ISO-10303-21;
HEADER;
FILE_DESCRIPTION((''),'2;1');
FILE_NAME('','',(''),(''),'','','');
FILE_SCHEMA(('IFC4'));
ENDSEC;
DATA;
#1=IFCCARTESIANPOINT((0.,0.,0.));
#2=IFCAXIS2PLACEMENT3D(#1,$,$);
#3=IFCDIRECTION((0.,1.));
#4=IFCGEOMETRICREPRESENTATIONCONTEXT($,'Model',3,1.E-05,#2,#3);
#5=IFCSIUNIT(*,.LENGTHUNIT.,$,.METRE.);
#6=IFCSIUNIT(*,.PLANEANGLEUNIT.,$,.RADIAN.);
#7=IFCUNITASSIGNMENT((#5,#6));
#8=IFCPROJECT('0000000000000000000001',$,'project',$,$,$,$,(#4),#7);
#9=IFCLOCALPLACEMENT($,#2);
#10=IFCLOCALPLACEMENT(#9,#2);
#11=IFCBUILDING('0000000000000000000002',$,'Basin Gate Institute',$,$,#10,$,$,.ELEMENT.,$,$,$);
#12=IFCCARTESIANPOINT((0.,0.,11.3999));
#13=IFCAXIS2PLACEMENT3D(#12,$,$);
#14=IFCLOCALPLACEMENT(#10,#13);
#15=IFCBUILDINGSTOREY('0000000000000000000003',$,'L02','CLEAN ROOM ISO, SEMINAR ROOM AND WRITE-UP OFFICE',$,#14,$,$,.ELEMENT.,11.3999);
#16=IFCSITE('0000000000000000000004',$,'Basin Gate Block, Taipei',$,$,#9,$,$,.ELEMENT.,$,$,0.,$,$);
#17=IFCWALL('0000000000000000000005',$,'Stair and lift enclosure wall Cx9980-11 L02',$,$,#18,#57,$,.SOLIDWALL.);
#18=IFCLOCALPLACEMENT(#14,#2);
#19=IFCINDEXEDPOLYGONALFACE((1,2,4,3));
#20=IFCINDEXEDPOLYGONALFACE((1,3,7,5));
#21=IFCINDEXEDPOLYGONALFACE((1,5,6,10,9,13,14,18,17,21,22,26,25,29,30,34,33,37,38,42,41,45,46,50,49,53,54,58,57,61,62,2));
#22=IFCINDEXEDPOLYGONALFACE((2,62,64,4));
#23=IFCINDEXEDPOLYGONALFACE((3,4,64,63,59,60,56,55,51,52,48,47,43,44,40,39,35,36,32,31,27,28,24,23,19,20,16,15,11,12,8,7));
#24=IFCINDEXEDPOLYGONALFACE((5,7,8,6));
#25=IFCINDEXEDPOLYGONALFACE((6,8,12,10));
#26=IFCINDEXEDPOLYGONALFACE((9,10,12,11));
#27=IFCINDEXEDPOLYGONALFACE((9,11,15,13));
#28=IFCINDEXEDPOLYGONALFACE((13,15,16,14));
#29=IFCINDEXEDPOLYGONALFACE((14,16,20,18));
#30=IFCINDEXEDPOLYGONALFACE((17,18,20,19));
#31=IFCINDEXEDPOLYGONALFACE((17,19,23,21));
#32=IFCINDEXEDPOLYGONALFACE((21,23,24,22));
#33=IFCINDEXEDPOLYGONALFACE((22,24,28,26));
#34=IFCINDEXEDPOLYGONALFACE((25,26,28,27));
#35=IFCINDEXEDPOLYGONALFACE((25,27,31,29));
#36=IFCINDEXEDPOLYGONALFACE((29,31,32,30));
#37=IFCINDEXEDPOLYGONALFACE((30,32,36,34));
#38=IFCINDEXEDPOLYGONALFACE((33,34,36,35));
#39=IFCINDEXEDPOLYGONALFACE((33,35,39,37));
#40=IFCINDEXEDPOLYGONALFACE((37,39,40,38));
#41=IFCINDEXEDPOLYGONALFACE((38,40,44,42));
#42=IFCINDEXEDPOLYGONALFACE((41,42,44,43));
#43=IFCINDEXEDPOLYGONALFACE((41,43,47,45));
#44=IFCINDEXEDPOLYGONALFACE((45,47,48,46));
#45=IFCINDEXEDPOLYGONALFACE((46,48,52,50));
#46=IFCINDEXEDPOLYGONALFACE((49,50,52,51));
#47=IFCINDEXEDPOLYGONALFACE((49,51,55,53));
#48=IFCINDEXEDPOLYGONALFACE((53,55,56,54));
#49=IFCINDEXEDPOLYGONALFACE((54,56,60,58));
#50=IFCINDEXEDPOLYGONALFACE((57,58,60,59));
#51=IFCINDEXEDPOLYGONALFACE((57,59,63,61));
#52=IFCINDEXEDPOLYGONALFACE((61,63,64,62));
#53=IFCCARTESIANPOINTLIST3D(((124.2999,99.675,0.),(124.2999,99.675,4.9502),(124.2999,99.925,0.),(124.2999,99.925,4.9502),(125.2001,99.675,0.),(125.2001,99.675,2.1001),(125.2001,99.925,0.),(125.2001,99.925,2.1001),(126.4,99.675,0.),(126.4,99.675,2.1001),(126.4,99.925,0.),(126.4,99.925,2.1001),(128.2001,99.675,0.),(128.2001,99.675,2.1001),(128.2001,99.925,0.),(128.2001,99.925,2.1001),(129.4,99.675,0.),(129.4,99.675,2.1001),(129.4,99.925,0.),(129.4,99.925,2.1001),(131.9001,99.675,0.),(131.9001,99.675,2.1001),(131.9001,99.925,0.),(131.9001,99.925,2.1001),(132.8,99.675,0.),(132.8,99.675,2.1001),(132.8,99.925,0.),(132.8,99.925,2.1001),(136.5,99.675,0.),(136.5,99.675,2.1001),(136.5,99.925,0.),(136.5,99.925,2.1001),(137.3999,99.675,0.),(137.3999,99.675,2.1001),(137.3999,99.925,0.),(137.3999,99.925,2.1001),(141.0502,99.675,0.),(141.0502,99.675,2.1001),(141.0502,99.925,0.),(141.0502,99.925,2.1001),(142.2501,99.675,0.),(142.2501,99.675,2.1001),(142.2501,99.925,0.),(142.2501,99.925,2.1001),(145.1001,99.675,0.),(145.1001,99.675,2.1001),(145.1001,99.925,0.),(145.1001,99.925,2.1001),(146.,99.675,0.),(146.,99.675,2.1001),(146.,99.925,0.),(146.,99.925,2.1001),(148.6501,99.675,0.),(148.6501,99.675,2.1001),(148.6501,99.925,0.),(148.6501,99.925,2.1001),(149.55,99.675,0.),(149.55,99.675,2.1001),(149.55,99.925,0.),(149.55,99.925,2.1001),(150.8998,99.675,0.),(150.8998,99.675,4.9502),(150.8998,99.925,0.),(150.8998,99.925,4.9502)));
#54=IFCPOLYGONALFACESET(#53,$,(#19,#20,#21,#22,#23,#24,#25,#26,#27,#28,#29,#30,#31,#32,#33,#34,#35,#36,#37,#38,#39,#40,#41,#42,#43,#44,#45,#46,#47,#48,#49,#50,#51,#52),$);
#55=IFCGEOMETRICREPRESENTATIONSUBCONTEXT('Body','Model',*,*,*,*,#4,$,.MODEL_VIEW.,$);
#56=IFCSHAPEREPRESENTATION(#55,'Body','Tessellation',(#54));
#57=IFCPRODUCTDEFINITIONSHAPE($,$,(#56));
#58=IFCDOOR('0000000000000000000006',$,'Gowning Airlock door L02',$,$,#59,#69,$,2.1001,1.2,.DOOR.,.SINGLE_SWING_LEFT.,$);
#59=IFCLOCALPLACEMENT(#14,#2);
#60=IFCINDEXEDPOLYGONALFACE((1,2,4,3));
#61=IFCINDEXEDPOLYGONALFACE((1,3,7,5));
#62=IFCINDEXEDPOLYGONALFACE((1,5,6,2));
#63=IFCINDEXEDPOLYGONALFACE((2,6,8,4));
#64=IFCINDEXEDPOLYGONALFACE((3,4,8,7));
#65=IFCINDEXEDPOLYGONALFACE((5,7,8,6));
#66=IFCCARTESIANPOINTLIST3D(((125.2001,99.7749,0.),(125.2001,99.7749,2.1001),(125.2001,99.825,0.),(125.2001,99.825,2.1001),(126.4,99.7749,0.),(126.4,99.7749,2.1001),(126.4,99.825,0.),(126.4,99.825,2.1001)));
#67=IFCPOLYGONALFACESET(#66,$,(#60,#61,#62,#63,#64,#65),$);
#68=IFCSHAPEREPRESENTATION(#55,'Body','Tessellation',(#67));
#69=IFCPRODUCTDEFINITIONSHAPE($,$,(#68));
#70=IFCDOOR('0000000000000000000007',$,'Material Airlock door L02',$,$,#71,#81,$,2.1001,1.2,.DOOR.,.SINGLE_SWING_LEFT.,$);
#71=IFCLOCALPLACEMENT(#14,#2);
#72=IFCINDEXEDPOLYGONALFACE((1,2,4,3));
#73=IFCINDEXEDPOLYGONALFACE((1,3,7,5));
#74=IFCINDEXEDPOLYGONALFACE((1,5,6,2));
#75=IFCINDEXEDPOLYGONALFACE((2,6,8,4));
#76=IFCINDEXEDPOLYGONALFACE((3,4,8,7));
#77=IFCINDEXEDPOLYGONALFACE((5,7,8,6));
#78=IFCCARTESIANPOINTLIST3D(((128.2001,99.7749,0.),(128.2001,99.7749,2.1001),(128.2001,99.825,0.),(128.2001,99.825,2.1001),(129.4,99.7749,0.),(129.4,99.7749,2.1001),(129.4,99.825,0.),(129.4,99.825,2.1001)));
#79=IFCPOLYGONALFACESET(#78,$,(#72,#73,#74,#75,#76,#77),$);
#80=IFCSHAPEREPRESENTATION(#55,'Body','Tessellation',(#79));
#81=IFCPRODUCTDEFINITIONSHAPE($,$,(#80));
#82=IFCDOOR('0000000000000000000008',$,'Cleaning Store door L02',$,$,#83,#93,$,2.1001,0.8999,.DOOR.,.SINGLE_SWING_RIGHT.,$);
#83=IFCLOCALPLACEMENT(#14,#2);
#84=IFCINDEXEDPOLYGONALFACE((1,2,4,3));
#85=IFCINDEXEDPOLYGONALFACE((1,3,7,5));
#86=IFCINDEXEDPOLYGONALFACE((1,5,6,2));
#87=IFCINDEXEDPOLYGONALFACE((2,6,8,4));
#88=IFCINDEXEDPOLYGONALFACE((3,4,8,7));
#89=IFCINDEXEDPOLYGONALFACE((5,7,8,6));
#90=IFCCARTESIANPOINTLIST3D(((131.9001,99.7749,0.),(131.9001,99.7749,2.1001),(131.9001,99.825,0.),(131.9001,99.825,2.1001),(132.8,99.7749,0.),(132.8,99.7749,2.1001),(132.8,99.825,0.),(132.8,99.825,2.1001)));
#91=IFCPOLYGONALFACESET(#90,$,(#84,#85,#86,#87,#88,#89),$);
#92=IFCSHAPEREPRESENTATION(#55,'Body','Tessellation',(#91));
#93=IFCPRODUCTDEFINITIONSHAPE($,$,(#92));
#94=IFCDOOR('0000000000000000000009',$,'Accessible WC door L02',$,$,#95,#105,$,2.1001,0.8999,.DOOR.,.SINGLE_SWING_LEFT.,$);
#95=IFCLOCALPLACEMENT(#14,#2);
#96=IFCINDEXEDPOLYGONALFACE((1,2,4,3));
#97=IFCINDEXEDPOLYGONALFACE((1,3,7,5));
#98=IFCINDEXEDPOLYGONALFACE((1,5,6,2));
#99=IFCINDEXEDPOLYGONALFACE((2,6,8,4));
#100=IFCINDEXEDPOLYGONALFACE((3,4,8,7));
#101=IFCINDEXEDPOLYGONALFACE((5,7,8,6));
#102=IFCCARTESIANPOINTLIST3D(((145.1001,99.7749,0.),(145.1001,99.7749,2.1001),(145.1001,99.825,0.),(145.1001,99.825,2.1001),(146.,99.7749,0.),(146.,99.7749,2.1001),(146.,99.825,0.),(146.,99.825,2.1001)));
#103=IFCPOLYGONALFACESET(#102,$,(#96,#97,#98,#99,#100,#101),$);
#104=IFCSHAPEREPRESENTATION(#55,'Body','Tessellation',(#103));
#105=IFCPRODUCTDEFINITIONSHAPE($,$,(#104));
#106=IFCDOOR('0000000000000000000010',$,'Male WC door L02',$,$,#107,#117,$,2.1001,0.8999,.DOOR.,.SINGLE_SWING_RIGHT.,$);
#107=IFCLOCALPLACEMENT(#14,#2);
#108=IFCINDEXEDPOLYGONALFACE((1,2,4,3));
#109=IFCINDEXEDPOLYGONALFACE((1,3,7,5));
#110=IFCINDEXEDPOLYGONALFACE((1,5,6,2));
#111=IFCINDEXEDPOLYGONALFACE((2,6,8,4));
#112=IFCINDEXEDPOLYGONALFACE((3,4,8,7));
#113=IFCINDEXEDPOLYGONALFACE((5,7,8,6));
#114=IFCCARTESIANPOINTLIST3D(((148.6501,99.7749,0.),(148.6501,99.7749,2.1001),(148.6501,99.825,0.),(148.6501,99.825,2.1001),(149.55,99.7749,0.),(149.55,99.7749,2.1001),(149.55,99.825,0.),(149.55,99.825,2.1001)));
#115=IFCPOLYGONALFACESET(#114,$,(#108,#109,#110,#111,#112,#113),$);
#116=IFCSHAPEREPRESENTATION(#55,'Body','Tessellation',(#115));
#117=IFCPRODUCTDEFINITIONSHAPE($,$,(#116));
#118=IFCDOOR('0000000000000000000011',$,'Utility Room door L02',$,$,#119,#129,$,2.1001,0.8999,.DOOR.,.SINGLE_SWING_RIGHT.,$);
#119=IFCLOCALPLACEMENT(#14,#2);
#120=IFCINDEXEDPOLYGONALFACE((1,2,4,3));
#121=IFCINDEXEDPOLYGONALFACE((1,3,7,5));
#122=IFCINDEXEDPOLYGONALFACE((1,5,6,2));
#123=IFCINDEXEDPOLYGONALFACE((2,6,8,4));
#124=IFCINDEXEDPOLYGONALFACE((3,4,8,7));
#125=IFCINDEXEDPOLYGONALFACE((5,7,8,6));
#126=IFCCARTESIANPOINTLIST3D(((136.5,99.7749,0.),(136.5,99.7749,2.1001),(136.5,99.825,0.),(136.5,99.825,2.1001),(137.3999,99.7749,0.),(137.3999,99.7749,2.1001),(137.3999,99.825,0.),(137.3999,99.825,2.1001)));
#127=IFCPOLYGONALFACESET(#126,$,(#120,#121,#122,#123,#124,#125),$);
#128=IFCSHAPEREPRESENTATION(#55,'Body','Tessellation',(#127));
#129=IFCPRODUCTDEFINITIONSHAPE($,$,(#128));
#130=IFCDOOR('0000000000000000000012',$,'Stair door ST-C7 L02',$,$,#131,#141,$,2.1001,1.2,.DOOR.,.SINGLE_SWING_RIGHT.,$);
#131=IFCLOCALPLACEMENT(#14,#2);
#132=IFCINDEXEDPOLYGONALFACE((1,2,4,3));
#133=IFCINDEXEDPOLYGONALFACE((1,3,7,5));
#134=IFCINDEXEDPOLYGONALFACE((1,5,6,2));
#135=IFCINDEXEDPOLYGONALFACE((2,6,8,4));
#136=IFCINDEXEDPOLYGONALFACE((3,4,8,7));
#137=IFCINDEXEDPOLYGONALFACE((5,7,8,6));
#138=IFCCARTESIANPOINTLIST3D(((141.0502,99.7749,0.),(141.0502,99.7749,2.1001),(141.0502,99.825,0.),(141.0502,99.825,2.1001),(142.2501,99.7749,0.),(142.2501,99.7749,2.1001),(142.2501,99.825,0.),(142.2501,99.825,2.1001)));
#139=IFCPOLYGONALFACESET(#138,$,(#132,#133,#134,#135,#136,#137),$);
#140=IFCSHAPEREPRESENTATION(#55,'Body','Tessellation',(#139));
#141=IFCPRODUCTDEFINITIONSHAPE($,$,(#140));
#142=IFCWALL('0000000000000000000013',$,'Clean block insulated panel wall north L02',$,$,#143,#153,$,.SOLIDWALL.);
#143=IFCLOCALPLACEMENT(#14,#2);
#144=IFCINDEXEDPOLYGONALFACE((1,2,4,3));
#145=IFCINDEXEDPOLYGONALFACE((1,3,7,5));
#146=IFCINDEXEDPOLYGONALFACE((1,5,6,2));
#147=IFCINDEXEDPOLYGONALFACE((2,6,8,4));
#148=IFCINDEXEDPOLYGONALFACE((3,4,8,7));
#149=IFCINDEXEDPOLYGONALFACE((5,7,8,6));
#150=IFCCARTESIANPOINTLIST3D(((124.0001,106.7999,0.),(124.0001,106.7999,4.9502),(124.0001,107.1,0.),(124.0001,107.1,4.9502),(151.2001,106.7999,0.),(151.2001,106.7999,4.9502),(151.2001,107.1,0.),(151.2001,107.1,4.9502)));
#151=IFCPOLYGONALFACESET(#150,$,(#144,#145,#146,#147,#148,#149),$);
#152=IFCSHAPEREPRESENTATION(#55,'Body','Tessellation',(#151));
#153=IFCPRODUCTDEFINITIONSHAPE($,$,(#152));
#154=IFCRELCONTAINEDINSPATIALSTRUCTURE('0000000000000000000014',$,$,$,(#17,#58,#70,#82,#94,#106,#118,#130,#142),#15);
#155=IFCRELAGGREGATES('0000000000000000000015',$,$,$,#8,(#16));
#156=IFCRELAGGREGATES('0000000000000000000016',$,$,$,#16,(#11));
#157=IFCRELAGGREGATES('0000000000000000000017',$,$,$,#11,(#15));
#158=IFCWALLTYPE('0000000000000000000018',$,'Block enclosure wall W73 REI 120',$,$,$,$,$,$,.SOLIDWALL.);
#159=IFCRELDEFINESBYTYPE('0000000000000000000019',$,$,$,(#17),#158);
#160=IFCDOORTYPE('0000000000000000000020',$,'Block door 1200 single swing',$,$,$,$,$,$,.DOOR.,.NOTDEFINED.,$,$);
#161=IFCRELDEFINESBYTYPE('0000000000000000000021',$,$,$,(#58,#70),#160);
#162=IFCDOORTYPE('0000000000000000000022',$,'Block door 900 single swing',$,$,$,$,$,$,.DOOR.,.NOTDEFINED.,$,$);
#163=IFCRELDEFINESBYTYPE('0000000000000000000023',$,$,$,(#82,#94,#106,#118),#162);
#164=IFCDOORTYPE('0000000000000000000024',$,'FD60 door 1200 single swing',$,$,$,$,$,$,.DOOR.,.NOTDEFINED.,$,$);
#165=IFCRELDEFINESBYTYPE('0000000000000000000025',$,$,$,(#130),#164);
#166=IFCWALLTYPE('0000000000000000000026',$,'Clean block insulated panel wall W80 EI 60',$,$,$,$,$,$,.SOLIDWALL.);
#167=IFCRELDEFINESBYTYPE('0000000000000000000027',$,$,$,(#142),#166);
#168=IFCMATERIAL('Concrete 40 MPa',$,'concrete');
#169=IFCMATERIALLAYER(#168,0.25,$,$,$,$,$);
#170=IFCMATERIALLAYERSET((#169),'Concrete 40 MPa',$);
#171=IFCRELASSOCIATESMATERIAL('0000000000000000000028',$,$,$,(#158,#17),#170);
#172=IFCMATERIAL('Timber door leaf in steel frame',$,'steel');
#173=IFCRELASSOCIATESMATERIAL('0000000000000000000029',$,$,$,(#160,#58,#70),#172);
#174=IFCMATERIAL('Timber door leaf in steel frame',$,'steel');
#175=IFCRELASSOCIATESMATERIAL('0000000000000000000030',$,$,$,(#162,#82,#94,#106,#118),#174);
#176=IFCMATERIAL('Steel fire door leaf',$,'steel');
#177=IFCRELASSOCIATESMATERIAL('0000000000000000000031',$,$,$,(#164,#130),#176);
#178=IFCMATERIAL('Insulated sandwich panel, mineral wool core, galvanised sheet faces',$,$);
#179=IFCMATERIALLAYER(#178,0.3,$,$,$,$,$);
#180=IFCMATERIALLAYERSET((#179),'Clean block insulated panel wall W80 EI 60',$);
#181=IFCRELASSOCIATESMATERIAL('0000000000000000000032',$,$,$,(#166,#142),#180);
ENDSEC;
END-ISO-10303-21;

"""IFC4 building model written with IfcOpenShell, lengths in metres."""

from ifc_helpers import new_model, si_unit, direction, frame, frame_2d, origin, place, context, subcontext, project, spatial, rectangle, extrude, material, layer, layer_set, type_object, element, fill, save


model = new_model("IFC4")

# Units and contexts
model_context = context("Model", 3, precision=1e-05, world=origin(), true_north=direction((0.0, 1.0)))
body_context = subcontext(model_context, "Body", "Model", "MODEL_VIEW")
ifc_project = project(units=[si_unit("LENGTHUNIT", "METRE"), si_unit("PLANEANGLEUNIT", "RADIAN")], contexts=[model_context])

# Site, building, storey
site_placement = place(None, origin())
site = spatial("IfcSite", under=ifc_project, at=site_placement, Name="Basin Gate Block, Taipei", CompositionType="ELEMENT", RefElevation=0.0)
building_placement = place(site_placement, origin())
building = spatial("IfcBuilding", under=site, at=building_placement, Name="Basin Gate Institute", CompositionType="ELEMENT")
storey_placement = place(building_placement, frame((0.0, 0.0, 11.3999)))
storey = spatial("IfcBuildingStorey", under=building, at=storey_placement, Name="L02", Description="CLEAN ROOM ISO, SEMINAR ROOM AND WRITE-UP OFFICE", CompositionType="ELEMENT", Elevation=11.3999)

# Wall, openings, doors
ifc_material_1 = material(Name="Concrete 40 MPa", Category="concrete")
ifc_layer_1 = layer(ifc_material_1, 0.25)
ifc_layer_set_1 = layer_set([ifc_layer_1], Name="Concrete 40 MPa")
wall_type_1 = type_object("IfcWallType", Name="Block enclosure wall W73 REI 120", PredefinedType="SOLIDWALL", material=ifc_layer_set_1)
wall_1_placement = place(storey_placement, frame((124.3, 99.8, 0.0), z_axis=(0.0, 0.0, 1.0), x_axis=(1.0, 0.0, 0.0)))
wall_1 = element("IfcWall", 1, at=wall_1_placement, inside=storey, type_object=wall_type_1, material=ifc_layer_set_1, Name="Stair and lift enclosure wall Cx9980-11 L02", PredefinedType="SOLIDWALL", context=body_context, shape_type="SweptSolid", body=[
    extrude(rectangle(XDim=26.5999, YDim=0.25, at=frame_2d((13.2998, 0.0))), origin(), (0.0, 0.0, 1.0), 4.9502),
])
opening_1_placement = place(wall_1_placement, frame((0.8999, 0.0, 0.0)))
opening_1 = element("IfcOpeningElement", 2, at=opening_1_placement, cuts=wall_1, PredefinedType="OPENING", context=body_context, shape_type="SweptSolid", body=[
    extrude(rectangle(XDim=1.2, YDim=2.1001, at=frame_2d((0.6001, 1.05))), frame((0.0, 0.135, 0.0), z_axis=(0.0, -1.0, 0.0), x_axis=(1.0, 0.0, 0.0)), (0.0, 0.0, 1.0), 0.27),
])
opening_2_placement = place(wall_1_placement, frame((3.8999, 0.0, 0.0)))
opening_2 = element("IfcOpeningElement", 3, at=opening_2_placement, cuts=wall_1, PredefinedType="OPENING", context=body_context, shape_type="SweptSolid", body=[
    extrude(rectangle(XDim=1.2, YDim=2.1001, at=frame_2d((0.6001, 1.05))), frame((0.0, 0.135, 0.0), z_axis=(0.0, -1.0, 0.0), x_axis=(1.0, 0.0, 0.0)), (0.0, 0.0, 1.0), 0.27),
])
opening_3_placement = place(wall_1_placement, frame((7.6001, 0.0, 0.0)))
opening_3 = element("IfcOpeningElement", 4, at=opening_3_placement, cuts=wall_1, PredefinedType="OPENING", context=body_context, shape_type="SweptSolid", body=[
    extrude(rectangle(XDim=0.8999, YDim=2.1001, at=frame_2d((0.45, 1.05))), frame((0.0, 0.135, 0.0), z_axis=(0.0, -1.0, 0.0), x_axis=(1.0, 0.0, 0.0)), (0.0, 0.0, 1.0), 0.27),
])
opening_4_placement = place(wall_1_placement, frame((20.8, 0.0, 0.0)))
opening_4 = element("IfcOpeningElement", 5, at=opening_4_placement, cuts=wall_1, PredefinedType="OPENING", context=body_context, shape_type="SweptSolid", body=[
    extrude(rectangle(XDim=0.8999, YDim=2.1001, at=frame_2d((0.45, 1.05))), frame((0.0, 0.135, 0.0), z_axis=(0.0, -1.0, 0.0), x_axis=(1.0, 0.0, 0.0)), (0.0, 0.0, 1.0), 0.27),
])
opening_5_placement = place(wall_1_placement, frame((24.3501, 0.0, 0.0)))
opening_5 = element("IfcOpeningElement", 6, at=opening_5_placement, cuts=wall_1, PredefinedType="OPENING", context=body_context, shape_type="SweptSolid", body=[
    extrude(rectangle(XDim=0.8999, YDim=2.1001, at=frame_2d((0.45, 1.05))), frame((0.0, 0.135, 0.0), z_axis=(0.0, -1.0, 0.0), x_axis=(1.0, 0.0, 0.0)), (0.0, 0.0, 1.0), 0.27),
])
opening_6_placement = place(wall_1_placement, frame((12.2, 0.0, 0.0)))
opening_6 = element("IfcOpeningElement", 7, at=opening_6_placement, cuts=wall_1, PredefinedType="OPENING", context=body_context, shape_type="SweptSolid", body=[
    extrude(rectangle(XDim=0.8999, YDim=2.1001, at=frame_2d((0.45, 1.05))), frame((0.0, 0.135, 0.0), z_axis=(0.0, -1.0, 0.0), x_axis=(1.0, 0.0, 0.0)), (0.0, 0.0, 1.0), 0.27),
])
opening_7_placement = place(wall_1_placement, frame((16.75, 0.0, 0.0)))
opening_7 = element("IfcOpeningElement", 8, at=opening_7_placement, cuts=wall_1, PredefinedType="OPENING", context=body_context, shape_type="SweptSolid", body=[
    extrude(rectangle(XDim=1.2, YDim=2.1001, at=frame_2d((0.6001, 1.05))), frame((0.0, 0.135, 0.0), z_axis=(0.0, -1.0, 0.0), x_axis=(1.0, 0.0, 0.0)), (0.0, 0.0, 1.0), 0.27),
])
ifc_material_2 = material(Name="Timber door leaf in steel frame", Category="steel")
door_type_1 = type_object("IfcDoorType", Name="Block door 1200 single swing", OperationType="NOTDEFINED", PredefinedType="DOOR", material=ifc_material_2)
door_1_placement = place(opening_1_placement, origin())
door_1 = element("IfcDoor", 9, at=door_1_placement, inside=storey, type_object=door_type_1, material=ifc_material_2, Name="Gowning Airlock door L02", OperationType="SINGLE_SWING_LEFT", OverallHeight=2.1001, OverallWidth=1.2, PredefinedType="DOOR", context=body_context, shape_type="SweptSolid", body=[
    extrude(rectangle(XDim=1.2, YDim=2.1001, at=frame_2d((0.6001, 1.05))), frame((0.0, 0.0249, 0.0), z_axis=(0.0, -1.0, 0.0), x_axis=(1.0, 0.0, 0.0)), (0.0, 0.0, 1.0), 0.05),
])
fill(opening_1, door_1)
door_2_placement = place(opening_2_placement, origin())
door_2 = element("IfcDoor", 10, at=door_2_placement, inside=storey, type_object=door_type_1, material=ifc_material_2, Name="Material Airlock door L02", OperationType="SINGLE_SWING_LEFT", OverallHeight=2.1001, OverallWidth=1.2, PredefinedType="DOOR", context=body_context, shape_type="SweptSolid", body=[
    extrude(rectangle(XDim=1.2, YDim=2.1001, at=frame_2d((0.6001, 1.05))), frame((0.0, 0.0249, 0.0), z_axis=(0.0, -1.0, 0.0), x_axis=(1.0, 0.0, 0.0)), (0.0, 0.0, 1.0), 0.05),
])
fill(opening_2, door_2)
ifc_material_3 = material(Name="Timber door leaf in steel frame", Category="steel")
door_type_2 = type_object("IfcDoorType", Name="Block door 900 single swing", OperationType="NOTDEFINED", PredefinedType="DOOR", material=ifc_material_3)
door_3_placement = place(opening_3_placement, origin())
door_3 = element("IfcDoor", 11, at=door_3_placement, inside=storey, type_object=door_type_2, material=ifc_material_3, Name="Cleaning Store door L02", OperationType="SINGLE_SWING_RIGHT", OverallHeight=2.1001, OverallWidth=0.8999, PredefinedType="DOOR", context=body_context, shape_type="SweptSolid", body=[
    extrude(rectangle(XDim=0.8999, YDim=2.1001, at=frame_2d((0.45, 1.05))), frame((0.0, 0.0249, 0.0), z_axis=(0.0, -1.0, 0.0), x_axis=(1.0, 0.0, 0.0)), (0.0, 0.0, 1.0), 0.05),
])
fill(opening_3, door_3)
door_4_placement = place(opening_4_placement, origin())
door_4 = element("IfcDoor", 12, at=door_4_placement, inside=storey, type_object=door_type_2, material=ifc_material_3, Name="Accessible WC door L02", OperationType="SINGLE_SWING_LEFT", OverallHeight=2.1001, OverallWidth=0.8999, PredefinedType="DOOR", context=body_context, shape_type="SweptSolid", body=[
    extrude(rectangle(XDim=0.8999, YDim=2.1001, at=frame_2d((0.45, 1.05))), frame((0.0, 0.0249, 0.0), z_axis=(0.0, -1.0, 0.0), x_axis=(1.0, 0.0, 0.0)), (0.0, 0.0, 1.0), 0.05),
])
fill(opening_4, door_4)
door_5_placement = place(opening_5_placement, origin())
door_5 = element("IfcDoor", 13, at=door_5_placement, inside=storey, type_object=door_type_2, material=ifc_material_3, Name="Male WC door L02", OperationType="SINGLE_SWING_RIGHT", OverallHeight=2.1001, OverallWidth=0.8999, PredefinedType="DOOR", context=body_context, shape_type="SweptSolid", body=[
    extrude(rectangle(XDim=0.8999, YDim=2.1001, at=frame_2d((0.45, 1.05))), frame((0.0, 0.0249, 0.0), z_axis=(0.0, -1.0, 0.0), x_axis=(1.0, 0.0, 0.0)), (0.0, 0.0, 1.0), 0.05),
])
fill(opening_5, door_5)
door_6_placement = place(opening_6_placement, origin())
door_6 = element("IfcDoor", 14, at=door_6_placement, inside=storey, type_object=door_type_2, material=ifc_material_3, Name="Utility Room door L02", OperationType="SINGLE_SWING_RIGHT", OverallHeight=2.1001, OverallWidth=0.8999, PredefinedType="DOOR", context=body_context, shape_type="SweptSolid", body=[
    extrude(rectangle(XDim=0.8999, YDim=2.1001, at=frame_2d((0.45, 1.05))), frame((0.0, 0.0249, 0.0), z_axis=(0.0, -1.0, 0.0), x_axis=(1.0, 0.0, 0.0)), (0.0, 0.0, 1.0), 0.05),
])
fill(opening_6, door_6)
ifc_material_4 = material(Name="Steel fire door leaf", Category="steel")
door_type_3 = type_object("IfcDoorType", Name="FD60 door 1200 single swing", OperationType="NOTDEFINED", PredefinedType="DOOR", material=ifc_material_4)
door_7_placement = place(opening_7_placement, origin())
door_7 = element("IfcDoor", 15, at=door_7_placement, inside=storey, type_object=door_type_3, material=ifc_material_4, Name="Stair door ST-C7 L02", OperationType="SINGLE_SWING_RIGHT", OverallHeight=2.1001, OverallWidth=1.2, PredefinedType="DOOR", context=body_context, shape_type="SweptSolid", body=[
    extrude(rectangle(XDim=1.2, YDim=2.1001, at=frame_2d((0.6001, 1.05))), frame((0.0, 0.0249, 0.0), z_axis=(0.0, -1.0, 0.0), x_axis=(1.0, 0.0, 0.0)), (0.0, 0.0, 1.0), 0.05),
])
fill(opening_7, door_7)

# Wall
ifc_material_5 = material(Name="Insulated sandwich panel, mineral wool core, galvanised sheet faces")
ifc_layer_2 = layer(ifc_material_5, 0.3)
ifc_layer_set_2 = layer_set([ifc_layer_2], Name="Clean block insulated panel wall W80 EI 60")
wall_type_2 = type_object("IfcWallType", Name="Clean block insulated panel wall W80 EI 60", PredefinedType="SOLIDWALL", material=ifc_layer_set_2)
wall_2_placement = place(storey_placement, frame((124.0, 106.95, 0.0), z_axis=(0.0, 0.0, 1.0), x_axis=(1.0, 0.0, 0.0)))
element("IfcWall", 16, at=wall_2_placement, inside=storey, type_object=wall_type_2, material=ifc_layer_set_2, Name="Clean block insulated panel wall north L02", PredefinedType="SOLIDWALL", context=body_context, shape_type="SweptSolid", body=[
    extrude(rectangle(XDim=27.2, YDim=0.3, at=frame_2d((13.6001, 0.0))), origin(), (0.0, 0.0, 1.0), 4.9502),
])

save(model, "model.ifc")
